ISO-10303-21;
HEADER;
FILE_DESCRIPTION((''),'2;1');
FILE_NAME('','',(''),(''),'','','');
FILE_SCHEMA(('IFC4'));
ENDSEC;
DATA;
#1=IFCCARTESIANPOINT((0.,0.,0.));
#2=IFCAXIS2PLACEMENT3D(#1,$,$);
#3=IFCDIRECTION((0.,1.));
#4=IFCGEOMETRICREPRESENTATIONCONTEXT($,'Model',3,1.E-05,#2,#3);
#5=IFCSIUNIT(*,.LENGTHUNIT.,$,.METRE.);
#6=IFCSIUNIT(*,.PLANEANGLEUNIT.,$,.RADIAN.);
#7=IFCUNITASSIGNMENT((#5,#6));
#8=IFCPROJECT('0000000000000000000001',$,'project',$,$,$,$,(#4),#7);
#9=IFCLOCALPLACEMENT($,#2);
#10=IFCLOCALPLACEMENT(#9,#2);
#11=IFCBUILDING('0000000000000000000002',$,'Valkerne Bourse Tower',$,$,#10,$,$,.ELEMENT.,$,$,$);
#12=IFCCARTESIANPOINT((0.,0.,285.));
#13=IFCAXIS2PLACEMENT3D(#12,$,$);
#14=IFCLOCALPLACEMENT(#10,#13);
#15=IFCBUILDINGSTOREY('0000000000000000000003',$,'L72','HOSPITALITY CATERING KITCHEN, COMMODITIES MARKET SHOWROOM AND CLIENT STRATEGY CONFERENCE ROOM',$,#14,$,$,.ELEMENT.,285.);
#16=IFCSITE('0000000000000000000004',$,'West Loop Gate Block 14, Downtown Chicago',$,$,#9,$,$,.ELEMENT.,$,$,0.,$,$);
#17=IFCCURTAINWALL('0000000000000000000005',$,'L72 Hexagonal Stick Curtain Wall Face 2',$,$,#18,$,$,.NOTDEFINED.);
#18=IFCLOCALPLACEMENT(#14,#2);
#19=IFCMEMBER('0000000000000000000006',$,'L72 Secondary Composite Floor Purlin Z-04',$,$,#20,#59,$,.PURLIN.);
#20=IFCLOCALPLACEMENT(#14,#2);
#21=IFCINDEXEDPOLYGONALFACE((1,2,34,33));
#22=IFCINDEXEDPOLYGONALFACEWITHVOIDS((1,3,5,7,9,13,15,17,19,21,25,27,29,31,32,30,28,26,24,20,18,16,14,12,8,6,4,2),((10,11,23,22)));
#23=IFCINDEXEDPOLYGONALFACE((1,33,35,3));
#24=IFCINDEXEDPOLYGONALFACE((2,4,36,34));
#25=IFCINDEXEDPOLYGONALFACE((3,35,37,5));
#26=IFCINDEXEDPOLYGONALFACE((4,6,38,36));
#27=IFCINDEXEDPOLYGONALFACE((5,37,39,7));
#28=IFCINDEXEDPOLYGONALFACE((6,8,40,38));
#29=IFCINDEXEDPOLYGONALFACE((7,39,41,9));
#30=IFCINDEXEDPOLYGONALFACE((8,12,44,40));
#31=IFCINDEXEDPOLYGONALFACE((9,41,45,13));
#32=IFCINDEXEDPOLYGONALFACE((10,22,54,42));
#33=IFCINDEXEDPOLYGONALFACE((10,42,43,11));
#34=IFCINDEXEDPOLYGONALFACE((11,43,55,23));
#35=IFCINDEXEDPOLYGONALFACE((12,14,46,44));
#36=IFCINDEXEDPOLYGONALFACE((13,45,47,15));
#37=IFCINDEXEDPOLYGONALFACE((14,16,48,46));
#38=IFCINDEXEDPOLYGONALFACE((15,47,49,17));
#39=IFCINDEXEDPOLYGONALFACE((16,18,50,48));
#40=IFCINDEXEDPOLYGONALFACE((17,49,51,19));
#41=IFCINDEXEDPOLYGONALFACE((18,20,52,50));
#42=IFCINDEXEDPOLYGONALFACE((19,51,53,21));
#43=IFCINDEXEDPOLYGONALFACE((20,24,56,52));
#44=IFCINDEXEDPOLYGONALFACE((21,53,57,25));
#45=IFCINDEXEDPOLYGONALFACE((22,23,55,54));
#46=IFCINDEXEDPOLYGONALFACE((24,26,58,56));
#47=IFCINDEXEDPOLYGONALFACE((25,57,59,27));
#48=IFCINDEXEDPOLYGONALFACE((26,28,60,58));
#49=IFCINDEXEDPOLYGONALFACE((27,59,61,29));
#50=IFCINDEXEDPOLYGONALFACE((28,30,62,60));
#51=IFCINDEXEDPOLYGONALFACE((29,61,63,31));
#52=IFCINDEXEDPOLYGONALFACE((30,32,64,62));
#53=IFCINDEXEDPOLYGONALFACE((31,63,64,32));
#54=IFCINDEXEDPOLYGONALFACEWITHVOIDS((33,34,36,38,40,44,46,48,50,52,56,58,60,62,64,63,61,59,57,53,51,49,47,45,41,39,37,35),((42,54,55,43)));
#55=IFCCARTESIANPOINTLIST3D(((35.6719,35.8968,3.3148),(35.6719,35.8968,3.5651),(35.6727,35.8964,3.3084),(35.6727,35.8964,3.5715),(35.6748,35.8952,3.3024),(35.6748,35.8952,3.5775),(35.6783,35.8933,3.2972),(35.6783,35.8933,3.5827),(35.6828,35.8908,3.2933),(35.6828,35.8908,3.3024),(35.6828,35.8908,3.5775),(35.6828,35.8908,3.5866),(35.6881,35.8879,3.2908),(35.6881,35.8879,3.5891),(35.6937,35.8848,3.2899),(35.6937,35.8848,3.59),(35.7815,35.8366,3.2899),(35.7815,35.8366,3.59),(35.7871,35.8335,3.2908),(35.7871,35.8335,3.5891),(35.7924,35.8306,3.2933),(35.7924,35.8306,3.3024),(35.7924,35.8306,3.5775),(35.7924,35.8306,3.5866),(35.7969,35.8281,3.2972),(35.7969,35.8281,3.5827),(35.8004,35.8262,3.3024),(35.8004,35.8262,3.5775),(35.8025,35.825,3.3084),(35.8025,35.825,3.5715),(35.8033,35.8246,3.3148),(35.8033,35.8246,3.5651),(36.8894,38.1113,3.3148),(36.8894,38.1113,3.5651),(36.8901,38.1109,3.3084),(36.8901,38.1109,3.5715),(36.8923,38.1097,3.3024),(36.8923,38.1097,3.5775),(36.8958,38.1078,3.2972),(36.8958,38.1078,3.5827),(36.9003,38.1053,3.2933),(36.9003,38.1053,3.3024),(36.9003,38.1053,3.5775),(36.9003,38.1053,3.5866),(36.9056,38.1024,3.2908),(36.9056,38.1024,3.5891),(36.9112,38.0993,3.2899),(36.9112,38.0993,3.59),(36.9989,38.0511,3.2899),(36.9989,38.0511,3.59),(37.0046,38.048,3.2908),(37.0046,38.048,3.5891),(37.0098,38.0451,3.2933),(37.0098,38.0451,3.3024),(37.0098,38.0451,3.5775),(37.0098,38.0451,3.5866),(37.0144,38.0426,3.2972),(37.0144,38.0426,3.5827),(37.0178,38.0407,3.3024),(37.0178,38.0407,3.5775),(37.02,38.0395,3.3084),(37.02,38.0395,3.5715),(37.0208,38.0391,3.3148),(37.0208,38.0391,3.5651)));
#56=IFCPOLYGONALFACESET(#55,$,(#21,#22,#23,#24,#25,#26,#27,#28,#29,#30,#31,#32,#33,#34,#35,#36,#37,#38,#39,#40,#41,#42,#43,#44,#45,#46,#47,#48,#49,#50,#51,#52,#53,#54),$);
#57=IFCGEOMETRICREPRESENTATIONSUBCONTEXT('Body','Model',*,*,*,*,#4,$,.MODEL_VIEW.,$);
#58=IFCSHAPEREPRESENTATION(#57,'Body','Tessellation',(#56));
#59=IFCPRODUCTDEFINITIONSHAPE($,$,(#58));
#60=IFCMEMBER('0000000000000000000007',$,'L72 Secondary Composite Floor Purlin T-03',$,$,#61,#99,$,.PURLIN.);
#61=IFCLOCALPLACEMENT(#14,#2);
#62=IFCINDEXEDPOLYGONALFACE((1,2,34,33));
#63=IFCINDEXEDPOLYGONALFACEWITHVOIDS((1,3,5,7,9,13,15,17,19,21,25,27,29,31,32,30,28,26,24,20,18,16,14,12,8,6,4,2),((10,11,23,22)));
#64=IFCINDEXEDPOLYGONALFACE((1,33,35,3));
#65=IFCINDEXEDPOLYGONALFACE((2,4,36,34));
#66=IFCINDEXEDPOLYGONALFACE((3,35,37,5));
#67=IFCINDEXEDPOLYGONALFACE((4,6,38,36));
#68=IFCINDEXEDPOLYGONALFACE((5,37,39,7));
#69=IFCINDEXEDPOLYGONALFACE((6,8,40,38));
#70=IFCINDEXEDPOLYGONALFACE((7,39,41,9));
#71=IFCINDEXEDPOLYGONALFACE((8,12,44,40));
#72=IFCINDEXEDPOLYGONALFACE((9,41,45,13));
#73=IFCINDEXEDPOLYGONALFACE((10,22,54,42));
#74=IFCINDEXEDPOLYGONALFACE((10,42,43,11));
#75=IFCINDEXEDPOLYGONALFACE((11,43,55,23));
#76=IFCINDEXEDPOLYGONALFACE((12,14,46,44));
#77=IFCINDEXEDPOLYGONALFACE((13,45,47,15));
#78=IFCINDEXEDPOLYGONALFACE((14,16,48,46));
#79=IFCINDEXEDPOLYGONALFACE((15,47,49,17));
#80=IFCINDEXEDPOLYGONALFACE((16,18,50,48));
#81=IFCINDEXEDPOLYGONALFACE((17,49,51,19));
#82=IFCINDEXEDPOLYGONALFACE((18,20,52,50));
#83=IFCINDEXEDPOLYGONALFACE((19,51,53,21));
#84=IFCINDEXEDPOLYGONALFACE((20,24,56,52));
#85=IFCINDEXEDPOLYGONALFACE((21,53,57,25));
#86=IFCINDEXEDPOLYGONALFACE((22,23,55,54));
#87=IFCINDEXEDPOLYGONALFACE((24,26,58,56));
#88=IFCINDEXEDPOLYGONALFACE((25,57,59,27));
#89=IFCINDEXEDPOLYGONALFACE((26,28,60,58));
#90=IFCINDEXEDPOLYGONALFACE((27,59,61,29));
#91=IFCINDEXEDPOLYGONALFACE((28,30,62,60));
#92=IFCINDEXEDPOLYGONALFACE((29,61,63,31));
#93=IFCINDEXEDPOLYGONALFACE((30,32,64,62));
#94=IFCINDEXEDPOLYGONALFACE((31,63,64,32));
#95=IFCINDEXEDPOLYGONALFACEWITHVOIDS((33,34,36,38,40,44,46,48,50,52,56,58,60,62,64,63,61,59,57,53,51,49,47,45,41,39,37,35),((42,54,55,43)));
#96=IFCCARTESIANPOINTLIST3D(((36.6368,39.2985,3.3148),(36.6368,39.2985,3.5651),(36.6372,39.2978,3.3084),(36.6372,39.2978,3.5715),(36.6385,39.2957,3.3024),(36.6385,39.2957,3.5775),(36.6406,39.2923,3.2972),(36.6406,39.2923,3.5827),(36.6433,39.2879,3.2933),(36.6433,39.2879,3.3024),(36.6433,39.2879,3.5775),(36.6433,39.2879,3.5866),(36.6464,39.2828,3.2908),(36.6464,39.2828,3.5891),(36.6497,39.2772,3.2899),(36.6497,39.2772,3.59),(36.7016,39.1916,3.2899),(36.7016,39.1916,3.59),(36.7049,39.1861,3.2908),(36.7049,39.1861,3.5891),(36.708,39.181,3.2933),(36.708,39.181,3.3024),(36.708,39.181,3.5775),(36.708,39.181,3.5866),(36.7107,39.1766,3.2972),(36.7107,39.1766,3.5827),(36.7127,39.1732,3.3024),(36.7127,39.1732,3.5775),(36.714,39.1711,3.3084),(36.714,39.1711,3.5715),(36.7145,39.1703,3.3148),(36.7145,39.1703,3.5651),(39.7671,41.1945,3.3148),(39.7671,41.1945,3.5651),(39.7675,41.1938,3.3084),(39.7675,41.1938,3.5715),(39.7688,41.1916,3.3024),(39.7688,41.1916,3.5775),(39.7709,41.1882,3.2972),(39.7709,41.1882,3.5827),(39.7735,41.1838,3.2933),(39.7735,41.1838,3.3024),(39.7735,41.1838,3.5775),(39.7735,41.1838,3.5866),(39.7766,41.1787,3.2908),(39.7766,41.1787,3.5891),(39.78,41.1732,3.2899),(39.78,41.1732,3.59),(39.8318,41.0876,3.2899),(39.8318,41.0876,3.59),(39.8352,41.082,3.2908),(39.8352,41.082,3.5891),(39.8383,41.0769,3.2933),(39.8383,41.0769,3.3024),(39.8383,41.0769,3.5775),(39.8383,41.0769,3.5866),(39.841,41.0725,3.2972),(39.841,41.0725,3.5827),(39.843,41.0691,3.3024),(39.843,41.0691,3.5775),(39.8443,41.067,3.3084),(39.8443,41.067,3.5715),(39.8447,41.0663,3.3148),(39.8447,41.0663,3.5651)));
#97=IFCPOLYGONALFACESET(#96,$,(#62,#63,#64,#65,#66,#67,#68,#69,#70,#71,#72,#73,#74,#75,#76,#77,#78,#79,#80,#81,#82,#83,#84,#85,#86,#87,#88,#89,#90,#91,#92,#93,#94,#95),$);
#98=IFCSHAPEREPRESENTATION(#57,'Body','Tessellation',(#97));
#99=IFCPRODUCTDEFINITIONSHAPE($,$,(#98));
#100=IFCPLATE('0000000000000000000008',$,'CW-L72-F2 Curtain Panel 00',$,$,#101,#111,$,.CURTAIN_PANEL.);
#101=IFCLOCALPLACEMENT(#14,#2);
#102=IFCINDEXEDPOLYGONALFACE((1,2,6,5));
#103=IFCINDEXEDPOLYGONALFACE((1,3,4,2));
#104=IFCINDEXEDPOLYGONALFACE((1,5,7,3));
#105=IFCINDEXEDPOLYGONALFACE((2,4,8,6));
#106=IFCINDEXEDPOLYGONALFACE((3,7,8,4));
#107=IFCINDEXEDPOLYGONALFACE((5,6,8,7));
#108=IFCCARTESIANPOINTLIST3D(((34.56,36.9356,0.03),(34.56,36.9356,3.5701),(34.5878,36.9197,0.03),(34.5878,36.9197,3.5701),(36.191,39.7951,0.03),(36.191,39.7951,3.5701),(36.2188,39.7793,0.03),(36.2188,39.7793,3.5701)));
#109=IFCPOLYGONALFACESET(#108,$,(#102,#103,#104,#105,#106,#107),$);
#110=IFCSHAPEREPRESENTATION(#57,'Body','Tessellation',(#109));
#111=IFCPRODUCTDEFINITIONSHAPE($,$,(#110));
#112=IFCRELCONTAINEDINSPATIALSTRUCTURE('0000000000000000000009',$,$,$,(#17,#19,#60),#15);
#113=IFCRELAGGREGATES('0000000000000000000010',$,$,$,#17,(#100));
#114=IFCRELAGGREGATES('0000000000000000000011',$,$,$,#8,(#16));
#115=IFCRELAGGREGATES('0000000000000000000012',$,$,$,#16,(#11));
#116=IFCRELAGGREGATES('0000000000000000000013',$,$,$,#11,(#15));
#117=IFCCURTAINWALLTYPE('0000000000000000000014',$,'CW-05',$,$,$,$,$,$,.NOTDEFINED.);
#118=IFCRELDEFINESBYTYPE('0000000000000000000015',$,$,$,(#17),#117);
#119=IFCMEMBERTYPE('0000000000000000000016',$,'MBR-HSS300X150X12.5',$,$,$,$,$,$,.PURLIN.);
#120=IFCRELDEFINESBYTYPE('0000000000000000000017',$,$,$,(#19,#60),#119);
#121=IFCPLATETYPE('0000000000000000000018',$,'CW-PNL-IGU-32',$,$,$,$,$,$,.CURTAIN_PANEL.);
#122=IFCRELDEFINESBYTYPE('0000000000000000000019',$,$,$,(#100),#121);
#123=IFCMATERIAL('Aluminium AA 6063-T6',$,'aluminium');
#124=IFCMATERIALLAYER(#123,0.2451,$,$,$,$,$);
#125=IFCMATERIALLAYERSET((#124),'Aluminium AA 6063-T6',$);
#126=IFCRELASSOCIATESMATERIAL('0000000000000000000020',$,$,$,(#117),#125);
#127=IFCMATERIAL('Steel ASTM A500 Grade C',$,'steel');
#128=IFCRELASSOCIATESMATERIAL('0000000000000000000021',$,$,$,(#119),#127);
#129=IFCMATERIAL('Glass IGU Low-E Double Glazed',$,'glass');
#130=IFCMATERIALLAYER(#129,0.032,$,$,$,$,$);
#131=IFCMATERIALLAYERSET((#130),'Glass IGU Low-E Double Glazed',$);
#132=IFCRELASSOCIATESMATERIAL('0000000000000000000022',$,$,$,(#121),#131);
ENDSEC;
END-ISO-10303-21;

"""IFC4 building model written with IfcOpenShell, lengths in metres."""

from ifc_helpers import new_model, si_unit, direction, frame, origin, origin_2d, place, context, subcontext, project, spatial, rectangle, hollow_rectangle, extrude, material, layer, layer_set, material_profile, profile_set, type_object, element, aggregate, save


model = new_model("IFC4")

# Units and contexts
model_context = context("Model", 3, precision=1e-05, world=origin(), true_north=direction((0.0, 1.0)))
body_context = subcontext(model_context, "Body", "Model", "MODEL_VIEW")
ifc_project = project(units=[si_unit("LENGTHUNIT", "METRE"), si_unit("PLANEANGLEUNIT", "RADIAN")], contexts=[model_context])

# Site, building, storey
site_placement = place(None, origin())
site = spatial("IfcSite", under=ifc_project, at=site_placement, Name="West Loop Gate Block 14, Downtown Chicago", CompositionType="ELEMENT", RefElevation=0.0)
building_placement = place(site_placement, origin())
building = spatial("IfcBuilding", under=site, at=building_placement, Name="Valkerne Bourse Tower", CompositionType="ELEMENT")
storey_placement = place(building_placement, frame((0.0, 0.0, 285.0)))
storey = spatial("IfcBuildingStorey", under=building, at=storey_placement, Name="L72", Description="HOSPITALITY CATERING KITCHEN, COMMODITIES MARKET SHOWROOM AND CLIENT STRATEGY CONFERENCE ROOM", CompositionType="ELEMENT", Elevation=285.0)

# Curtain wall
ifc_material_1 = material(Name="Aluminium AA 6063-T6", Category="aluminium")
ifc_layer_1 = layer(ifc_material_1, 0.2451)
ifc_layer_set_1 = layer_set([ifc_layer_1], Name="Aluminium AA 6063-T6")
curtain_wall_type = type_object("IfcCurtainWallType", Name="CW-05", PredefinedType="NOTDEFINED", material=ifc_layer_set_1)
curtain_wall_placement = place(storey_placement, origin())
curtain_wall = element("IfcCurtainWall", 1, at=curtain_wall_placement, inside=storey, type_object=curtain_wall_type, Name="L72 Hexagonal Stick Curtain Wall Face 2", PredefinedType="NOTDEFINED")

# Members
ifc_material_2 = material(Name="Steel ASTM A500 Grade C", Category="steel")
ifc_material_profile_1 = material_profile(ifc_material_2, hollow_rectangle(XDim=0.1499, YDim=0.3, WallThickness=0.0125, OuterFilletRadius=0.0249, at=origin_2d()), Name="HSS300X150X12.5")
ifc_profile_set_1 = profile_set([ifc_material_profile_1], Name="Steel ASTM A500 Grade C")
member_type_1 = type_object("IfcMemberType", Name="MBR-HSS300X150X12.5", PredefinedType="PURLIN", material=ifc_profile_set_1)
member_1_placement = place(storey_placement, frame((36.9551, 38.0752, 3.4399), z_axis=(-0.481767, -0.8763, 0.0), x_axis=(0.8763, -0.481767, 0.0)))
element("IfcMember", 2, at=member_1_placement, inside=storey, type_object=member_type_1, Name="L72 Secondary Composite Floor Purlin Z-04", PredefinedType="PURLIN", context=body_context, shape_type="SweptSolid", body=[
    extrude(hollow_rectangle(XDim=0.1499, YDim=0.3, WallThickness=0.0125, OuterFilletRadius=0.0249, at=origin_2d()), origin(), (0.0, 0.0, 1.0), 2.5271),
])
member_2_placement = place(storey_placement, frame((39.8059, 41.1304, 3.4399), z_axis=(-0.855343, -0.518062, 0.0), x_axis=(0.518062, -0.855343, 0.0)))
element("IfcMember", 3, at=member_2_placement, inside=storey, type_object=member_type_1, Name="L72 Secondary Composite Floor Purlin T-03", PredefinedType="PURLIN", context=body_context, shape_type="SweptSolid", body=[
    extrude(hollow_rectangle(XDim=0.1499, YDim=0.3, WallThickness=0.0125, OuterFilletRadius=0.0249, at=origin_2d()), origin(), (0.0, 0.0, 1.0), 3.6597),
])

# Plate
ifc_material_3 = material(Name="Glass IGU Low-E Double Glazed", Category="glass")
ifc_layer_2 = layer(ifc_material_3, 0.032)
ifc_layer_set_2 = layer_set([ifc_layer_2], Name="Glass IGU Low-E Double Glazed")
plate_type = type_object("IfcPlateType", Name="CW-PNL-IGU-32", PredefinedType="CURTAIN_PANEL", material=ifc_layer_set_2)
plate_placement = place(storey_placement, frame((35.3894, 38.3574, 0.03), z_axis=(0.0, 0.0, 1.0), x_axis=(-0.495461, -0.86863, 0.0)))
plate = element("IfcPlate", 4, at=plate_placement, type_object=plate_type, Name="CW-L72-F2 Curtain Panel 00", PredefinedType="CURTAIN_PANEL", context=body_context, shape_type="SweptSolid", body=[
    extrude(rectangle(XDim=3.292, YDim=0.032, at=origin_2d()), origin(), (0.0, 0.0, 1.0), 3.54),
])
aggregate(curtain_wall, [plate])

save(model, "model.ifc")
